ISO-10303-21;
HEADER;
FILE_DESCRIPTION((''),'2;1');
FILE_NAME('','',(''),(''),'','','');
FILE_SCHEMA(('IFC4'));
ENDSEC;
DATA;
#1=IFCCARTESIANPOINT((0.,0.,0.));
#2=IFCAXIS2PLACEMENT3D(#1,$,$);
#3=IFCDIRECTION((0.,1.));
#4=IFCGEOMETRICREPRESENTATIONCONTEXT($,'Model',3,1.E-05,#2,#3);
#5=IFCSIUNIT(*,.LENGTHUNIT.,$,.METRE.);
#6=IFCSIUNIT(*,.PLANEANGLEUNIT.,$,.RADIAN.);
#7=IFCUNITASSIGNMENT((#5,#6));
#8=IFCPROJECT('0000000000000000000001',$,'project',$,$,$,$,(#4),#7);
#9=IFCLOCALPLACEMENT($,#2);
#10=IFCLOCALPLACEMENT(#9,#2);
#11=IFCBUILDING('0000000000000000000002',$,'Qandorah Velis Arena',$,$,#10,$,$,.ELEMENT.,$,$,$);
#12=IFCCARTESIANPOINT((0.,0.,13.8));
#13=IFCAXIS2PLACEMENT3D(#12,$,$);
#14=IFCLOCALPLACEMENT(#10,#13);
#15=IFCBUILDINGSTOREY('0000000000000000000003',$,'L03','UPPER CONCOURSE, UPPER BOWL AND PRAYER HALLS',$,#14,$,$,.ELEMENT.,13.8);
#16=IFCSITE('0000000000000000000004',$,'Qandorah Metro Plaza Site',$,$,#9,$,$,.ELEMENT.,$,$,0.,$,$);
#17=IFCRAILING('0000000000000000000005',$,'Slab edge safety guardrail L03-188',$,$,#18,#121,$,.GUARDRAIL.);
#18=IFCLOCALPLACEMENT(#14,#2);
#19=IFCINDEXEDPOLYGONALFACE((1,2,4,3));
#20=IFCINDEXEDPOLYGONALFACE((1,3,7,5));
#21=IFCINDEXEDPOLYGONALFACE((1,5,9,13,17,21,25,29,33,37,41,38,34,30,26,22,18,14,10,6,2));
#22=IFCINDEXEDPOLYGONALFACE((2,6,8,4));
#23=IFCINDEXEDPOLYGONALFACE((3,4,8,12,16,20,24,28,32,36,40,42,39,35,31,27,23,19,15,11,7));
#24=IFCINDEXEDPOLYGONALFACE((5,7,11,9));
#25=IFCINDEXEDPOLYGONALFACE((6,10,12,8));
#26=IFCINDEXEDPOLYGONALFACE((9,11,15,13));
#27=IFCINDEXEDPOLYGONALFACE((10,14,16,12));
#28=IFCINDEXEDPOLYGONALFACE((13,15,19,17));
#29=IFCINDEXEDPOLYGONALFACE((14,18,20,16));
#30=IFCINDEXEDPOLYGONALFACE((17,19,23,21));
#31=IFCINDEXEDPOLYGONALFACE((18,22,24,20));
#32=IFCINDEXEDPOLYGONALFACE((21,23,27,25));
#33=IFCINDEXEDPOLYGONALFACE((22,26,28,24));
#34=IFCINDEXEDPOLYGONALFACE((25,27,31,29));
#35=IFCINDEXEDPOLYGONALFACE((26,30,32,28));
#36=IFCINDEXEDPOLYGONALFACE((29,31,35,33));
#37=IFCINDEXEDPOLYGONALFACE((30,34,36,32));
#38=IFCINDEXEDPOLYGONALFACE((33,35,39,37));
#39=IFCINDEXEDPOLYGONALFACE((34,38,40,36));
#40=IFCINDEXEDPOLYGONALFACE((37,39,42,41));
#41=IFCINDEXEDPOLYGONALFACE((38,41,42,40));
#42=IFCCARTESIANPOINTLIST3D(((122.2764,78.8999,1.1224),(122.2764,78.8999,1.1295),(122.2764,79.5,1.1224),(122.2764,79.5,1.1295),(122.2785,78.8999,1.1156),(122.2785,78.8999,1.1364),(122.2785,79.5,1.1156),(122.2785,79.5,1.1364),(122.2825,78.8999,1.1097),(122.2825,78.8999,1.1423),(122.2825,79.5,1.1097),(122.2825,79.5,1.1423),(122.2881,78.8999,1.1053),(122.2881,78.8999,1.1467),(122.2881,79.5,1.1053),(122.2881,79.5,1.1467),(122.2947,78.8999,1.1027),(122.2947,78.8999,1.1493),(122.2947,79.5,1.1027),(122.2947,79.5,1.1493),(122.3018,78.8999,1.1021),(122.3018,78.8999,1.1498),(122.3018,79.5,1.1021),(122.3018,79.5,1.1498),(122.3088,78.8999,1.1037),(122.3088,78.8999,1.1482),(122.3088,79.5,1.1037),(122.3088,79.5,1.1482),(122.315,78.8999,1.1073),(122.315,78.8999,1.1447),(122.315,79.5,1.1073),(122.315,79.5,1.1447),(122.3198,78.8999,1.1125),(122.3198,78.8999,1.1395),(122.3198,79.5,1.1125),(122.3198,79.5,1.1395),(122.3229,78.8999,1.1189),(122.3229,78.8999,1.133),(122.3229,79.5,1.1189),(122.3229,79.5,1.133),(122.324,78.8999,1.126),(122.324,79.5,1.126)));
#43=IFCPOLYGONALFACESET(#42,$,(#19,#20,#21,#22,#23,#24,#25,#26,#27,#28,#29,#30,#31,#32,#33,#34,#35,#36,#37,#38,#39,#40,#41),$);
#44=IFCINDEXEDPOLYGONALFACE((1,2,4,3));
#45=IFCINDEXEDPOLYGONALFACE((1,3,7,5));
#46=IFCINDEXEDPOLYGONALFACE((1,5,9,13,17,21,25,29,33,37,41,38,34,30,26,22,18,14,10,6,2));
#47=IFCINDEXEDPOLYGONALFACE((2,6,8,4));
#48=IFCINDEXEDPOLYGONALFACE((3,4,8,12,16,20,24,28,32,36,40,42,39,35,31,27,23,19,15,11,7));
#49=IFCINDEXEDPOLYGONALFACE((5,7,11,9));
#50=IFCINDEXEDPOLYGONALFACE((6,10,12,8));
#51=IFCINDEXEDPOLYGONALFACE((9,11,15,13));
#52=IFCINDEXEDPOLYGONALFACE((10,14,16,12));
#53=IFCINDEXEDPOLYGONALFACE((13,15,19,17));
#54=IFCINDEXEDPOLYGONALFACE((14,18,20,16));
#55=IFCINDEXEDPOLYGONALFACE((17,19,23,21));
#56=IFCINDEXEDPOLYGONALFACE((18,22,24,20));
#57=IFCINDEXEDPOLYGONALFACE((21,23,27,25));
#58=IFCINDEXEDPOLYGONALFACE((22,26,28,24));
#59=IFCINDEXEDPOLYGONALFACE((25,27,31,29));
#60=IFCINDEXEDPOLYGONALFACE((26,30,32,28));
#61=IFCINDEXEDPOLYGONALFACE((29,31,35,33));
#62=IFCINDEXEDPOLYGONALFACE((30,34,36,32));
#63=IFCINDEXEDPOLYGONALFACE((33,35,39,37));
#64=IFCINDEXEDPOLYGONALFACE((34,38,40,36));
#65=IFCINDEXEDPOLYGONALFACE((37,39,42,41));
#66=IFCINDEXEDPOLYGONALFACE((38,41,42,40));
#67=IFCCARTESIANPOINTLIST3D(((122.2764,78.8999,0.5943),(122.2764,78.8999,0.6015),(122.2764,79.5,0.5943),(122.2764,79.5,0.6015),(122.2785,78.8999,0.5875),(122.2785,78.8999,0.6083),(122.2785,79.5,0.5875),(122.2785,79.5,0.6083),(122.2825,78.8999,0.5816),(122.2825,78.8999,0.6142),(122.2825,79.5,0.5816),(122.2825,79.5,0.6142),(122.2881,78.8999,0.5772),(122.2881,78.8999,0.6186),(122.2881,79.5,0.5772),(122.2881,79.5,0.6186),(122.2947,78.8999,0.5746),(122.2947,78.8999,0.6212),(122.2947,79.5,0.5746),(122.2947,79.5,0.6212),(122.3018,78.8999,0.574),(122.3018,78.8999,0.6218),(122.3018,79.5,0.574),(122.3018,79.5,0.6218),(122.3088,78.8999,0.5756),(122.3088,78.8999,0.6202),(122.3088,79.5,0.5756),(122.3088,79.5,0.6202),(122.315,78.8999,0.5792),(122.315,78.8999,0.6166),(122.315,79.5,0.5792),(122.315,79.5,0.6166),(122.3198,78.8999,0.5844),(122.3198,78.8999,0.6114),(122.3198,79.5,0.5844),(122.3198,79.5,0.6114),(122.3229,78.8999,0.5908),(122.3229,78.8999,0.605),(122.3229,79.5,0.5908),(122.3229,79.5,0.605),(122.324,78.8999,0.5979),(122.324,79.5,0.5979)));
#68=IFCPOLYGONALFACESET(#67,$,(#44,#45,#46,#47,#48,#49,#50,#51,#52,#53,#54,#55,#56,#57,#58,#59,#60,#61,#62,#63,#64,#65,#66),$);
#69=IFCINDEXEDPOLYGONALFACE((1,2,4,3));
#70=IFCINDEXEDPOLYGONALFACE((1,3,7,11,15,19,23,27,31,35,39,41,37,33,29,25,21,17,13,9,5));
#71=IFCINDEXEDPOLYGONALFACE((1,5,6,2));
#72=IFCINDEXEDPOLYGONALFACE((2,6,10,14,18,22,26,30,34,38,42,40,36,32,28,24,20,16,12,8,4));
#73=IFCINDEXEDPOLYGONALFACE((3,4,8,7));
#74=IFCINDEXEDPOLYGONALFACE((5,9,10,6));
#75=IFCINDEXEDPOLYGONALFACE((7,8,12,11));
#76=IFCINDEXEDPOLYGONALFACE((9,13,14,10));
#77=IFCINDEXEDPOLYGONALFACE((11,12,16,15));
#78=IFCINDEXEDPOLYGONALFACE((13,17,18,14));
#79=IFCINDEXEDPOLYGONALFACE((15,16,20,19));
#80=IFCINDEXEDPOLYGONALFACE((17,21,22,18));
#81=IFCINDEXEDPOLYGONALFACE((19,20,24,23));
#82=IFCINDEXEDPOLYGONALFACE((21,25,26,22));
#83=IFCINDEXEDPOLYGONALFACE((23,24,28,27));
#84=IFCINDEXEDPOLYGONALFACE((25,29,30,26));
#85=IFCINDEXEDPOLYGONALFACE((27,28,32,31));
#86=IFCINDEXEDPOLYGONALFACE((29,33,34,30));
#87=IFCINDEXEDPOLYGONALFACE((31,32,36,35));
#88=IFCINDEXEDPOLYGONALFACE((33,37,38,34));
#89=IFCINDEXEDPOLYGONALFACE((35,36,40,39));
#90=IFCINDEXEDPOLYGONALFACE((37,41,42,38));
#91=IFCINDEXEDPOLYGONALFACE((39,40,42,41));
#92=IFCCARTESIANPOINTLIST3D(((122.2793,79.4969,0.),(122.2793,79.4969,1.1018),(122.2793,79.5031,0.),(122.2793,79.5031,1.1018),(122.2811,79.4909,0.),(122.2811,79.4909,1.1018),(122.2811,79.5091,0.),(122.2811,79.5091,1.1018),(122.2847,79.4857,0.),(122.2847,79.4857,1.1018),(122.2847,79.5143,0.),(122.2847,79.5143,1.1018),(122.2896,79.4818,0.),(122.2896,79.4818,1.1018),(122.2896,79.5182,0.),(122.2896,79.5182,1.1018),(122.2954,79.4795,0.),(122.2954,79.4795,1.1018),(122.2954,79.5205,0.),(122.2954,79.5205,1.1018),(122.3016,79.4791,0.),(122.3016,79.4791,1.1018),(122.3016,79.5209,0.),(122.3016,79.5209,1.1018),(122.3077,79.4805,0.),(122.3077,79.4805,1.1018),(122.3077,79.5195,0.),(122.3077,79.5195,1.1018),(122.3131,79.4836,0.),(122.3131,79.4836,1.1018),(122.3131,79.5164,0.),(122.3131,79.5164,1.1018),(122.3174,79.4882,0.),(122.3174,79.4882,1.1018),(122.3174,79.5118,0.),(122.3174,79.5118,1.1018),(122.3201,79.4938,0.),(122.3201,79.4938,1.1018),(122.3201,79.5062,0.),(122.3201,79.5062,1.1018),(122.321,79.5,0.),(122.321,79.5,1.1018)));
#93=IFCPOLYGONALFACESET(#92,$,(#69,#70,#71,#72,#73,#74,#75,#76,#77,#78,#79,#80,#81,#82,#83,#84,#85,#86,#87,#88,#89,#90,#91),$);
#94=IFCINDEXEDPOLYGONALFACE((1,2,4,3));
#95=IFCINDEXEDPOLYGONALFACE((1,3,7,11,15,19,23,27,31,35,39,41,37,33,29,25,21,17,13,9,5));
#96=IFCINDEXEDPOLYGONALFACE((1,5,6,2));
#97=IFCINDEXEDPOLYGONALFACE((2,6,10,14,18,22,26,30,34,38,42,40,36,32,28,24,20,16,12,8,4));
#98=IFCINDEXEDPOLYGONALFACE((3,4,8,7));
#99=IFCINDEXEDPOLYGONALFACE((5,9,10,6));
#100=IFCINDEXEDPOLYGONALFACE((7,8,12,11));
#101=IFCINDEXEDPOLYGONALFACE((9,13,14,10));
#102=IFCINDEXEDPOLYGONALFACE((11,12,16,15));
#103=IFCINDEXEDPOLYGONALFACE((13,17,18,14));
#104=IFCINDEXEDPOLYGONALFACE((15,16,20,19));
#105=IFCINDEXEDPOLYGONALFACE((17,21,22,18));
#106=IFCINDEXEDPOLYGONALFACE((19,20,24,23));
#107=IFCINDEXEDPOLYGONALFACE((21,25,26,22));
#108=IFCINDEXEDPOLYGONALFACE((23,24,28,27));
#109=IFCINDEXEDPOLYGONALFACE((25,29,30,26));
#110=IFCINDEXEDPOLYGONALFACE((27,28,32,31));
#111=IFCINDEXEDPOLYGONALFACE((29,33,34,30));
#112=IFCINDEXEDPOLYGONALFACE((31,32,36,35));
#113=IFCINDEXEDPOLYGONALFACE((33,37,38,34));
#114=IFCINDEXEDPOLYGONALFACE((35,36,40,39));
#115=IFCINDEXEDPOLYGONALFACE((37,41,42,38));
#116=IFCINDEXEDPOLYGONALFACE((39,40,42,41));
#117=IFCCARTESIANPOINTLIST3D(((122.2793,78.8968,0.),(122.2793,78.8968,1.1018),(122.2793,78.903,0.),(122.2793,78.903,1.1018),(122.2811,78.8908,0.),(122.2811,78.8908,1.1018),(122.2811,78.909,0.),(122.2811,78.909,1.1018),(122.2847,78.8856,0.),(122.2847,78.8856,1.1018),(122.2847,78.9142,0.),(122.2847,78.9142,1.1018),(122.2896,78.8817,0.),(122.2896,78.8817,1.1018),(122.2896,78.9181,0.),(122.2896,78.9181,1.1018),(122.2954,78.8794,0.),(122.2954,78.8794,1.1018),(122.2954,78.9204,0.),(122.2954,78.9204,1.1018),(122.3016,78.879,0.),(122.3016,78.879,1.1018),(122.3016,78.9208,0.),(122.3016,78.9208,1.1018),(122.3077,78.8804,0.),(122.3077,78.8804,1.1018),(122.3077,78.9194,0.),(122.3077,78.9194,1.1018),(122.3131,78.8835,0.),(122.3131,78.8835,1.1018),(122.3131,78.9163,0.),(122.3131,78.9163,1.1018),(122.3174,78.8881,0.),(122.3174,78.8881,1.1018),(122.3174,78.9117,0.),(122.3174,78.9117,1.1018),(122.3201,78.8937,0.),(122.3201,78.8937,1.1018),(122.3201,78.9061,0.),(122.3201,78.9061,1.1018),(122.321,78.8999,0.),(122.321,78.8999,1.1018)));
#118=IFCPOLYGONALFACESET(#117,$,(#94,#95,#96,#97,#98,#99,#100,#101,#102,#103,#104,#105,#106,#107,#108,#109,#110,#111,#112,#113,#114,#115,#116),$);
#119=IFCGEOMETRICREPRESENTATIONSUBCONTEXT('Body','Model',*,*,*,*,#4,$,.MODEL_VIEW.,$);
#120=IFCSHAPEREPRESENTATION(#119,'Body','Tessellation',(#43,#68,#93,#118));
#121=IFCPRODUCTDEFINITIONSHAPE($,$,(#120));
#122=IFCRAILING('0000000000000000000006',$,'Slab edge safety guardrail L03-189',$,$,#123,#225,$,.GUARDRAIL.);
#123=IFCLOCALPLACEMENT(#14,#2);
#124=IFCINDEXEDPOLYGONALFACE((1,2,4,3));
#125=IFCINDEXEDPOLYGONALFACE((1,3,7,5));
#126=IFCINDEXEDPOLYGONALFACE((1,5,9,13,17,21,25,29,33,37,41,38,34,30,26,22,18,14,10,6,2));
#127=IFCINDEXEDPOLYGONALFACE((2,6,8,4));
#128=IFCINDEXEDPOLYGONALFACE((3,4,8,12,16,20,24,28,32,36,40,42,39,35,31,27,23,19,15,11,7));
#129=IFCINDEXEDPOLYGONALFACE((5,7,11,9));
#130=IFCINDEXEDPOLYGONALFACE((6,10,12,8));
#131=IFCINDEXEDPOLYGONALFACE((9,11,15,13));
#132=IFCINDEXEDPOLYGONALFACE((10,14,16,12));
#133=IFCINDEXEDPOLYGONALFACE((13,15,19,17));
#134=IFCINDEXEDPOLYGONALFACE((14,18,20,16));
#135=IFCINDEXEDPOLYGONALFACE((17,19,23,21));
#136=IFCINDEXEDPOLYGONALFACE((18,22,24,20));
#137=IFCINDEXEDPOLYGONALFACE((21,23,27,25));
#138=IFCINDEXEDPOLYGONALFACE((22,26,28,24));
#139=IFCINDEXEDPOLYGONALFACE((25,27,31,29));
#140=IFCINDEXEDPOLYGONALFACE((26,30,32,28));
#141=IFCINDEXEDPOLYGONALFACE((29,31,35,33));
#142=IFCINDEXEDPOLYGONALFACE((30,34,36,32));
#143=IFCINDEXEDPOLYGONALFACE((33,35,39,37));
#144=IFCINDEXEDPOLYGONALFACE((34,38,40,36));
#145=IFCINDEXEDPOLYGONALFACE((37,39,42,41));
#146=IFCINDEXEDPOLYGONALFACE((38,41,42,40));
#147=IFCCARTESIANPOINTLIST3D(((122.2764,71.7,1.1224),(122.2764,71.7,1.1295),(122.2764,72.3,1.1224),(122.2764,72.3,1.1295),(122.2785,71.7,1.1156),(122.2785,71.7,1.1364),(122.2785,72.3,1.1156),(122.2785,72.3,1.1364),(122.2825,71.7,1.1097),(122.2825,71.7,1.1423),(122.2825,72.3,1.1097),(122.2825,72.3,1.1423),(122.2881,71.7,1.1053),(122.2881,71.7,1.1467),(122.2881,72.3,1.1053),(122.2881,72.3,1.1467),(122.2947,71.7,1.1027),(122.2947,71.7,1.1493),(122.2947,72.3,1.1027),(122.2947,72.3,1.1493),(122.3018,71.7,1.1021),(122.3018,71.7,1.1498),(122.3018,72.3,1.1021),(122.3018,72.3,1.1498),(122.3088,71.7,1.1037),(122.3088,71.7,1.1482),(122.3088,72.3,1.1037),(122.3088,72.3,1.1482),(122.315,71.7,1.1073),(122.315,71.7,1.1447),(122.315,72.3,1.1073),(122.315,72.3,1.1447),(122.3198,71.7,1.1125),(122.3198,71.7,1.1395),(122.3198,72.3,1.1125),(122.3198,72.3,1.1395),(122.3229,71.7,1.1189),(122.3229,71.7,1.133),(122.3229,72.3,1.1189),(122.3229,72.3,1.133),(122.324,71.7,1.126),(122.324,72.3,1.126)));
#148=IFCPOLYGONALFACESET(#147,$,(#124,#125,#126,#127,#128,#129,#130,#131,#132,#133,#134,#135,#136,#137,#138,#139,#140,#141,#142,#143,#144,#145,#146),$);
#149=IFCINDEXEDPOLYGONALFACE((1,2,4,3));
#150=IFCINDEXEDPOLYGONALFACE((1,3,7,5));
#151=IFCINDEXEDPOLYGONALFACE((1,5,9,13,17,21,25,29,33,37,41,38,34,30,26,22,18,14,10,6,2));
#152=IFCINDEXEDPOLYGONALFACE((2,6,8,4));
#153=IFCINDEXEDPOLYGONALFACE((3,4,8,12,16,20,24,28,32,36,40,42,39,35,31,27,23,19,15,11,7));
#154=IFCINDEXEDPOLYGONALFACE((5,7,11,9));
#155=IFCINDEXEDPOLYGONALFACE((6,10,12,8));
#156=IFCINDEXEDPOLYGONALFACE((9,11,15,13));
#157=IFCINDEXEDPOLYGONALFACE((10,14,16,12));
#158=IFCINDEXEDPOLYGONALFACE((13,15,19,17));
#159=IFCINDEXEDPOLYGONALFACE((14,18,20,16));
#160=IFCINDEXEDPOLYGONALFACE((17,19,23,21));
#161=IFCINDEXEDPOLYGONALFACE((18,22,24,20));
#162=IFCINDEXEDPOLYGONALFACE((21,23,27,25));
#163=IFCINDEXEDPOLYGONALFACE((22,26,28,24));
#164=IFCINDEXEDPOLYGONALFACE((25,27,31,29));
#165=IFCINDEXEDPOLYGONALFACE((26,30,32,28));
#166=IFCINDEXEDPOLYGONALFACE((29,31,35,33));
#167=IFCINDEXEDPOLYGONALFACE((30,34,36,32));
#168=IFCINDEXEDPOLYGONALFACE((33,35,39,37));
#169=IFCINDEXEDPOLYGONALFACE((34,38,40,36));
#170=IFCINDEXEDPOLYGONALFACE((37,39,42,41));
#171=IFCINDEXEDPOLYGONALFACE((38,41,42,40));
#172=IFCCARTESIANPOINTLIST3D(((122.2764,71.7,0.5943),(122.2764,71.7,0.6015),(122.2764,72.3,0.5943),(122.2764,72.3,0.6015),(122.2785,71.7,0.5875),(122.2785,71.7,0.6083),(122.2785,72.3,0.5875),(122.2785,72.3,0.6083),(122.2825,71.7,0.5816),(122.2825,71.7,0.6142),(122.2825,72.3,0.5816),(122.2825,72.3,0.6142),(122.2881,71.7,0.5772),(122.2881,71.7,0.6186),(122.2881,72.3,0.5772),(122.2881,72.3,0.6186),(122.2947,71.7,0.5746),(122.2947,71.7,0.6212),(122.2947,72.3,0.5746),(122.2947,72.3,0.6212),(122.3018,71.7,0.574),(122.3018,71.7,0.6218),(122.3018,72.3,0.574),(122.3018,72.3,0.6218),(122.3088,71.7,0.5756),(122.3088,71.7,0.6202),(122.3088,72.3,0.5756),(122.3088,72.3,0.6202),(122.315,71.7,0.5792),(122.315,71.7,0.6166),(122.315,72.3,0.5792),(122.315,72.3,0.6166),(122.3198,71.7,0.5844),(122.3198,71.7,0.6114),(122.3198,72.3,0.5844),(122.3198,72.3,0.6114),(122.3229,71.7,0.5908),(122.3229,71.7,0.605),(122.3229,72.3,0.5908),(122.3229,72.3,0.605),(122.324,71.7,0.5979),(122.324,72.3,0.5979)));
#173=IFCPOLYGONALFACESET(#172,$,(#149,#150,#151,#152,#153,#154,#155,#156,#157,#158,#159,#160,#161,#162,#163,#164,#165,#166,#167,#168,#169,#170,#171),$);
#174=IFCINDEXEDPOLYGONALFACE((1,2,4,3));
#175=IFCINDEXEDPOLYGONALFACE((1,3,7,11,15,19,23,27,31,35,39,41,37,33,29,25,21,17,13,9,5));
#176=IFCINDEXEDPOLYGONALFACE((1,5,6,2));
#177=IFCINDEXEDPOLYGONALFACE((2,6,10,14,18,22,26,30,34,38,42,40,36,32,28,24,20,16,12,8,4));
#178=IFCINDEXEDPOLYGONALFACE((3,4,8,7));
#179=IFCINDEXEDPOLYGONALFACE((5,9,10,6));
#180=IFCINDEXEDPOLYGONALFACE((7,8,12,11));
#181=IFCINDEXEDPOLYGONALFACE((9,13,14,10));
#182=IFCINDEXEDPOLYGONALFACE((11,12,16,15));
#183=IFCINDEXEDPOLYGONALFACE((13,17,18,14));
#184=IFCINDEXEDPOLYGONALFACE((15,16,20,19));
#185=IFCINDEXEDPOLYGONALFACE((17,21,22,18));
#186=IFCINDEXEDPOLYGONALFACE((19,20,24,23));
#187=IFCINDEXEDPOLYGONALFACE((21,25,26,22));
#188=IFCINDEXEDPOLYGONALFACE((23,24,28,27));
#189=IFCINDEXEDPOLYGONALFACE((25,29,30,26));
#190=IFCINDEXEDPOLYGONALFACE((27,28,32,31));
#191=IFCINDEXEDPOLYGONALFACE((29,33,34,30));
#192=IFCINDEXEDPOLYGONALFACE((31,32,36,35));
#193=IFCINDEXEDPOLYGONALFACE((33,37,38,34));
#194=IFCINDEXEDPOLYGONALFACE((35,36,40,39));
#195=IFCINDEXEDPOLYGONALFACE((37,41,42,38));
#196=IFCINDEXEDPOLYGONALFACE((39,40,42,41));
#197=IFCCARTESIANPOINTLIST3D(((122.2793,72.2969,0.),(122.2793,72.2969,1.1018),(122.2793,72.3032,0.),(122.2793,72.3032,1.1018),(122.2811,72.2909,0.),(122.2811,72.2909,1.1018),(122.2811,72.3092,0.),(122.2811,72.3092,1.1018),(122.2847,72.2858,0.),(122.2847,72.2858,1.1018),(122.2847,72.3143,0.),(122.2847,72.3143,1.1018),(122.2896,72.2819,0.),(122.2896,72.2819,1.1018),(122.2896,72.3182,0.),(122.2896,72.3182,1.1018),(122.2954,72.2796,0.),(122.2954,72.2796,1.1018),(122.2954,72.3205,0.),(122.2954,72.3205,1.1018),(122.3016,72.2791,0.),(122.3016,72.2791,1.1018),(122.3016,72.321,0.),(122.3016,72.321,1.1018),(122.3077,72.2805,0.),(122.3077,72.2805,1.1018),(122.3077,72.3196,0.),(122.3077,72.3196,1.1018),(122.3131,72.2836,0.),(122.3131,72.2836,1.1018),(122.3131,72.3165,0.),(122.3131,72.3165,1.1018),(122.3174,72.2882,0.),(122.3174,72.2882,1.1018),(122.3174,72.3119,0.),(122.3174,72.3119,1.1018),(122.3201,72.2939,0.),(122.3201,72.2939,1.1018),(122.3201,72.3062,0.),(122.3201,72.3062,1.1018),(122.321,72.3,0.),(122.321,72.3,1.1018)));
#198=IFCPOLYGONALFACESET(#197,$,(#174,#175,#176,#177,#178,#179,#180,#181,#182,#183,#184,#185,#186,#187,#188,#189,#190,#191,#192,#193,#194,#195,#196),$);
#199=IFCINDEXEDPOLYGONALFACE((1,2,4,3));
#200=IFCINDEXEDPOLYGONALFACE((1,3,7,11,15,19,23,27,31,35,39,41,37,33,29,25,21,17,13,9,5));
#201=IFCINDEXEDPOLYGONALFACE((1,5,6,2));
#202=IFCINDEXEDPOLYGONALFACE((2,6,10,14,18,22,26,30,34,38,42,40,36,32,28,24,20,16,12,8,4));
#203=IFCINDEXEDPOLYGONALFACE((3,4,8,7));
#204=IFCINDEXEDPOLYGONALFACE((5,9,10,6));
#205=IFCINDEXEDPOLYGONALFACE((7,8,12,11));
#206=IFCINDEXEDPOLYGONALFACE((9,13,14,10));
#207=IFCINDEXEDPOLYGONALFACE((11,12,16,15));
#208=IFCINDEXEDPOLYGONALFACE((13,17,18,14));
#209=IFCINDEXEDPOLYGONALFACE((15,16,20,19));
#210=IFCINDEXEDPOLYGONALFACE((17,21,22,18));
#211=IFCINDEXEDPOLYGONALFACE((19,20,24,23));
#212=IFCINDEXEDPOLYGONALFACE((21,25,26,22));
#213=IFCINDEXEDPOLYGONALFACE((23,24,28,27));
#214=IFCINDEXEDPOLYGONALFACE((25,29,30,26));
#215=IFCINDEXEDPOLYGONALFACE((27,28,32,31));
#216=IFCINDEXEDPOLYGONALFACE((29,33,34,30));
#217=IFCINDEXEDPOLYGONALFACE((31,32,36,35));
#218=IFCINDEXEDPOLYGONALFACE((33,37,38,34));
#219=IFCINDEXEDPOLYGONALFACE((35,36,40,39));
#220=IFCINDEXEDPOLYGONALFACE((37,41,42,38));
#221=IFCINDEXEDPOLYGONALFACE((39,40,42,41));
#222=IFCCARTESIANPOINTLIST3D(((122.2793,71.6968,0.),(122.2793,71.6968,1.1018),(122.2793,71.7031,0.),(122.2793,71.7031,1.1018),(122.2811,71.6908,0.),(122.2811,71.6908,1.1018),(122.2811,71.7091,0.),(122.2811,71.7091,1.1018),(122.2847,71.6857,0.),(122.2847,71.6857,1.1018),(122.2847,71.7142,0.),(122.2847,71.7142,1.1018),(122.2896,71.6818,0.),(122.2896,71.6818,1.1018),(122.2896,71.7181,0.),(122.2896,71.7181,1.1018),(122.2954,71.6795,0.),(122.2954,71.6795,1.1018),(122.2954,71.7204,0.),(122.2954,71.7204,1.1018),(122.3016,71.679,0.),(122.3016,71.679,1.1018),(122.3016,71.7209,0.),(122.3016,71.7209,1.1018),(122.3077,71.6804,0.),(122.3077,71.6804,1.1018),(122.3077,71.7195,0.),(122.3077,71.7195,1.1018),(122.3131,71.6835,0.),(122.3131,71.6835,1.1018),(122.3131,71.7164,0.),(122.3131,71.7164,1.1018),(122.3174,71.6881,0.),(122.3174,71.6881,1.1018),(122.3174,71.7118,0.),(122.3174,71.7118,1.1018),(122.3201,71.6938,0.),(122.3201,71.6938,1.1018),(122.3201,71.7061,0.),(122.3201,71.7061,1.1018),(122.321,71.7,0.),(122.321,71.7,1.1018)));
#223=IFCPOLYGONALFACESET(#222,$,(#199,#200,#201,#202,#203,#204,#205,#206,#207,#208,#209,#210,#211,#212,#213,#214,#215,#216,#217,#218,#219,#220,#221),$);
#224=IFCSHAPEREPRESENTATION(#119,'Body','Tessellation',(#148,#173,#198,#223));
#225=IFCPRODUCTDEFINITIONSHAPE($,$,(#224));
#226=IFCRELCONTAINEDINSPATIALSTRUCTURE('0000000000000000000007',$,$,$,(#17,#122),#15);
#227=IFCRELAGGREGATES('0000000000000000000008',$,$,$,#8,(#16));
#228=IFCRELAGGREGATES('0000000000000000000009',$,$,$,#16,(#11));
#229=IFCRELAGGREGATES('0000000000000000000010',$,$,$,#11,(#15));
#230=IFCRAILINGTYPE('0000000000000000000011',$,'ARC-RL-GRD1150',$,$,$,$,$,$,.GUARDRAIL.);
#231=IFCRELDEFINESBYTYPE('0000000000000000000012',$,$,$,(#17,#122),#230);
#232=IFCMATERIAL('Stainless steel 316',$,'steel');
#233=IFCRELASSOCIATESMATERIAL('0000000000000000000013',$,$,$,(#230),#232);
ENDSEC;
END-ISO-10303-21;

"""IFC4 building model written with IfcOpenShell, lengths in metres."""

from ifc_helpers import new_model, si_unit, direction, frame, origin, origin_2d, place, context, subcontext, project, spatial, circle, extrude, material, type_object, element, save


model = new_model("IFC4")

# Units and contexts
model_context = context("Model", 3, precision=1e-05, world=origin(), true_north=direction((0.0, 1.0)))
body_context = subcontext(model_context, "Body", "Model", "MODEL_VIEW")
ifc_project = project(units=[si_unit("LENGTHUNIT", "METRE"), si_unit("PLANEANGLEUNIT", "RADIAN")], contexts=[model_context])

# Site, building, storey
site_placement = place(None, origin())
site = spatial("IfcSite", under=ifc_project, at=site_placement, Name="Qandorah Metro Plaza Site", CompositionType="ELEMENT", RefElevation=0.0)
building_placement = place(site_placement, origin())
building = spatial("IfcBuilding", under=site, at=building_placement, Name="Qandorah Velis Arena", CompositionType="ELEMENT")
storey_placement = place(building_placement, frame((0.0, 0.0, 13.8)))
storey = spatial("IfcBuildingStorey", under=building, at=storey_placement, Name="L03", Description="UPPER CONCOURSE, UPPER BOWL AND PRAYER HALLS", CompositionType="ELEMENT", Elevation=13.8)

# Railings
ifc_material_1 = material(Name="Stainless steel 316", Category="steel")
railing_type = type_object("IfcRailingType", Name="ARC-RL-GRD1150", PredefinedType="GUARDRAIL", material=ifc_material_1)
for number, where, name in (
    (1, (122.3, 79.5, 0.0), "Slab edge safety guardrail L03-188"),
    (2, (122.3, 72.3, 0.0), "Slab edge safety guardrail L03-189"),
):
    element("IfcRailing", number, at=place(storey_placement, frame(where)), inside=storey, type_object=railing_type, Name=name, PredefinedType="GUARDRAIL", context=body_context, shape_type="SweptSolid", body=[
        extrude(circle(Radius=0.0239, at=origin_2d()), frame((0.0, 0.0, 1.126), z_axis=(0.0, -1.0, 0.0), x_axis=(1.0, 0.0, 0.0)), (0.0, 0.0, 1.0), 0.6001),
        extrude(circle(Radius=0.0239, at=origin_2d()), frame((0.0, 0.0, 0.5979), z_axis=(0.0, -1.0, 0.0), x_axis=(1.0, 0.0, 0.0)), (0.0, 0.0, 1.0), 0.6001),
        extrude(circle(Radius=0.021, at=origin_2d()), origin(), (0.0, 0.0, 1.0), 1.1018),
        extrude(circle(Radius=0.021, at=origin_2d()), frame((0.0, -0.6001, 0.0)), (0.0, 0.0, 1.0), 1.1018),
    ])

save(model, "model.ifc")
